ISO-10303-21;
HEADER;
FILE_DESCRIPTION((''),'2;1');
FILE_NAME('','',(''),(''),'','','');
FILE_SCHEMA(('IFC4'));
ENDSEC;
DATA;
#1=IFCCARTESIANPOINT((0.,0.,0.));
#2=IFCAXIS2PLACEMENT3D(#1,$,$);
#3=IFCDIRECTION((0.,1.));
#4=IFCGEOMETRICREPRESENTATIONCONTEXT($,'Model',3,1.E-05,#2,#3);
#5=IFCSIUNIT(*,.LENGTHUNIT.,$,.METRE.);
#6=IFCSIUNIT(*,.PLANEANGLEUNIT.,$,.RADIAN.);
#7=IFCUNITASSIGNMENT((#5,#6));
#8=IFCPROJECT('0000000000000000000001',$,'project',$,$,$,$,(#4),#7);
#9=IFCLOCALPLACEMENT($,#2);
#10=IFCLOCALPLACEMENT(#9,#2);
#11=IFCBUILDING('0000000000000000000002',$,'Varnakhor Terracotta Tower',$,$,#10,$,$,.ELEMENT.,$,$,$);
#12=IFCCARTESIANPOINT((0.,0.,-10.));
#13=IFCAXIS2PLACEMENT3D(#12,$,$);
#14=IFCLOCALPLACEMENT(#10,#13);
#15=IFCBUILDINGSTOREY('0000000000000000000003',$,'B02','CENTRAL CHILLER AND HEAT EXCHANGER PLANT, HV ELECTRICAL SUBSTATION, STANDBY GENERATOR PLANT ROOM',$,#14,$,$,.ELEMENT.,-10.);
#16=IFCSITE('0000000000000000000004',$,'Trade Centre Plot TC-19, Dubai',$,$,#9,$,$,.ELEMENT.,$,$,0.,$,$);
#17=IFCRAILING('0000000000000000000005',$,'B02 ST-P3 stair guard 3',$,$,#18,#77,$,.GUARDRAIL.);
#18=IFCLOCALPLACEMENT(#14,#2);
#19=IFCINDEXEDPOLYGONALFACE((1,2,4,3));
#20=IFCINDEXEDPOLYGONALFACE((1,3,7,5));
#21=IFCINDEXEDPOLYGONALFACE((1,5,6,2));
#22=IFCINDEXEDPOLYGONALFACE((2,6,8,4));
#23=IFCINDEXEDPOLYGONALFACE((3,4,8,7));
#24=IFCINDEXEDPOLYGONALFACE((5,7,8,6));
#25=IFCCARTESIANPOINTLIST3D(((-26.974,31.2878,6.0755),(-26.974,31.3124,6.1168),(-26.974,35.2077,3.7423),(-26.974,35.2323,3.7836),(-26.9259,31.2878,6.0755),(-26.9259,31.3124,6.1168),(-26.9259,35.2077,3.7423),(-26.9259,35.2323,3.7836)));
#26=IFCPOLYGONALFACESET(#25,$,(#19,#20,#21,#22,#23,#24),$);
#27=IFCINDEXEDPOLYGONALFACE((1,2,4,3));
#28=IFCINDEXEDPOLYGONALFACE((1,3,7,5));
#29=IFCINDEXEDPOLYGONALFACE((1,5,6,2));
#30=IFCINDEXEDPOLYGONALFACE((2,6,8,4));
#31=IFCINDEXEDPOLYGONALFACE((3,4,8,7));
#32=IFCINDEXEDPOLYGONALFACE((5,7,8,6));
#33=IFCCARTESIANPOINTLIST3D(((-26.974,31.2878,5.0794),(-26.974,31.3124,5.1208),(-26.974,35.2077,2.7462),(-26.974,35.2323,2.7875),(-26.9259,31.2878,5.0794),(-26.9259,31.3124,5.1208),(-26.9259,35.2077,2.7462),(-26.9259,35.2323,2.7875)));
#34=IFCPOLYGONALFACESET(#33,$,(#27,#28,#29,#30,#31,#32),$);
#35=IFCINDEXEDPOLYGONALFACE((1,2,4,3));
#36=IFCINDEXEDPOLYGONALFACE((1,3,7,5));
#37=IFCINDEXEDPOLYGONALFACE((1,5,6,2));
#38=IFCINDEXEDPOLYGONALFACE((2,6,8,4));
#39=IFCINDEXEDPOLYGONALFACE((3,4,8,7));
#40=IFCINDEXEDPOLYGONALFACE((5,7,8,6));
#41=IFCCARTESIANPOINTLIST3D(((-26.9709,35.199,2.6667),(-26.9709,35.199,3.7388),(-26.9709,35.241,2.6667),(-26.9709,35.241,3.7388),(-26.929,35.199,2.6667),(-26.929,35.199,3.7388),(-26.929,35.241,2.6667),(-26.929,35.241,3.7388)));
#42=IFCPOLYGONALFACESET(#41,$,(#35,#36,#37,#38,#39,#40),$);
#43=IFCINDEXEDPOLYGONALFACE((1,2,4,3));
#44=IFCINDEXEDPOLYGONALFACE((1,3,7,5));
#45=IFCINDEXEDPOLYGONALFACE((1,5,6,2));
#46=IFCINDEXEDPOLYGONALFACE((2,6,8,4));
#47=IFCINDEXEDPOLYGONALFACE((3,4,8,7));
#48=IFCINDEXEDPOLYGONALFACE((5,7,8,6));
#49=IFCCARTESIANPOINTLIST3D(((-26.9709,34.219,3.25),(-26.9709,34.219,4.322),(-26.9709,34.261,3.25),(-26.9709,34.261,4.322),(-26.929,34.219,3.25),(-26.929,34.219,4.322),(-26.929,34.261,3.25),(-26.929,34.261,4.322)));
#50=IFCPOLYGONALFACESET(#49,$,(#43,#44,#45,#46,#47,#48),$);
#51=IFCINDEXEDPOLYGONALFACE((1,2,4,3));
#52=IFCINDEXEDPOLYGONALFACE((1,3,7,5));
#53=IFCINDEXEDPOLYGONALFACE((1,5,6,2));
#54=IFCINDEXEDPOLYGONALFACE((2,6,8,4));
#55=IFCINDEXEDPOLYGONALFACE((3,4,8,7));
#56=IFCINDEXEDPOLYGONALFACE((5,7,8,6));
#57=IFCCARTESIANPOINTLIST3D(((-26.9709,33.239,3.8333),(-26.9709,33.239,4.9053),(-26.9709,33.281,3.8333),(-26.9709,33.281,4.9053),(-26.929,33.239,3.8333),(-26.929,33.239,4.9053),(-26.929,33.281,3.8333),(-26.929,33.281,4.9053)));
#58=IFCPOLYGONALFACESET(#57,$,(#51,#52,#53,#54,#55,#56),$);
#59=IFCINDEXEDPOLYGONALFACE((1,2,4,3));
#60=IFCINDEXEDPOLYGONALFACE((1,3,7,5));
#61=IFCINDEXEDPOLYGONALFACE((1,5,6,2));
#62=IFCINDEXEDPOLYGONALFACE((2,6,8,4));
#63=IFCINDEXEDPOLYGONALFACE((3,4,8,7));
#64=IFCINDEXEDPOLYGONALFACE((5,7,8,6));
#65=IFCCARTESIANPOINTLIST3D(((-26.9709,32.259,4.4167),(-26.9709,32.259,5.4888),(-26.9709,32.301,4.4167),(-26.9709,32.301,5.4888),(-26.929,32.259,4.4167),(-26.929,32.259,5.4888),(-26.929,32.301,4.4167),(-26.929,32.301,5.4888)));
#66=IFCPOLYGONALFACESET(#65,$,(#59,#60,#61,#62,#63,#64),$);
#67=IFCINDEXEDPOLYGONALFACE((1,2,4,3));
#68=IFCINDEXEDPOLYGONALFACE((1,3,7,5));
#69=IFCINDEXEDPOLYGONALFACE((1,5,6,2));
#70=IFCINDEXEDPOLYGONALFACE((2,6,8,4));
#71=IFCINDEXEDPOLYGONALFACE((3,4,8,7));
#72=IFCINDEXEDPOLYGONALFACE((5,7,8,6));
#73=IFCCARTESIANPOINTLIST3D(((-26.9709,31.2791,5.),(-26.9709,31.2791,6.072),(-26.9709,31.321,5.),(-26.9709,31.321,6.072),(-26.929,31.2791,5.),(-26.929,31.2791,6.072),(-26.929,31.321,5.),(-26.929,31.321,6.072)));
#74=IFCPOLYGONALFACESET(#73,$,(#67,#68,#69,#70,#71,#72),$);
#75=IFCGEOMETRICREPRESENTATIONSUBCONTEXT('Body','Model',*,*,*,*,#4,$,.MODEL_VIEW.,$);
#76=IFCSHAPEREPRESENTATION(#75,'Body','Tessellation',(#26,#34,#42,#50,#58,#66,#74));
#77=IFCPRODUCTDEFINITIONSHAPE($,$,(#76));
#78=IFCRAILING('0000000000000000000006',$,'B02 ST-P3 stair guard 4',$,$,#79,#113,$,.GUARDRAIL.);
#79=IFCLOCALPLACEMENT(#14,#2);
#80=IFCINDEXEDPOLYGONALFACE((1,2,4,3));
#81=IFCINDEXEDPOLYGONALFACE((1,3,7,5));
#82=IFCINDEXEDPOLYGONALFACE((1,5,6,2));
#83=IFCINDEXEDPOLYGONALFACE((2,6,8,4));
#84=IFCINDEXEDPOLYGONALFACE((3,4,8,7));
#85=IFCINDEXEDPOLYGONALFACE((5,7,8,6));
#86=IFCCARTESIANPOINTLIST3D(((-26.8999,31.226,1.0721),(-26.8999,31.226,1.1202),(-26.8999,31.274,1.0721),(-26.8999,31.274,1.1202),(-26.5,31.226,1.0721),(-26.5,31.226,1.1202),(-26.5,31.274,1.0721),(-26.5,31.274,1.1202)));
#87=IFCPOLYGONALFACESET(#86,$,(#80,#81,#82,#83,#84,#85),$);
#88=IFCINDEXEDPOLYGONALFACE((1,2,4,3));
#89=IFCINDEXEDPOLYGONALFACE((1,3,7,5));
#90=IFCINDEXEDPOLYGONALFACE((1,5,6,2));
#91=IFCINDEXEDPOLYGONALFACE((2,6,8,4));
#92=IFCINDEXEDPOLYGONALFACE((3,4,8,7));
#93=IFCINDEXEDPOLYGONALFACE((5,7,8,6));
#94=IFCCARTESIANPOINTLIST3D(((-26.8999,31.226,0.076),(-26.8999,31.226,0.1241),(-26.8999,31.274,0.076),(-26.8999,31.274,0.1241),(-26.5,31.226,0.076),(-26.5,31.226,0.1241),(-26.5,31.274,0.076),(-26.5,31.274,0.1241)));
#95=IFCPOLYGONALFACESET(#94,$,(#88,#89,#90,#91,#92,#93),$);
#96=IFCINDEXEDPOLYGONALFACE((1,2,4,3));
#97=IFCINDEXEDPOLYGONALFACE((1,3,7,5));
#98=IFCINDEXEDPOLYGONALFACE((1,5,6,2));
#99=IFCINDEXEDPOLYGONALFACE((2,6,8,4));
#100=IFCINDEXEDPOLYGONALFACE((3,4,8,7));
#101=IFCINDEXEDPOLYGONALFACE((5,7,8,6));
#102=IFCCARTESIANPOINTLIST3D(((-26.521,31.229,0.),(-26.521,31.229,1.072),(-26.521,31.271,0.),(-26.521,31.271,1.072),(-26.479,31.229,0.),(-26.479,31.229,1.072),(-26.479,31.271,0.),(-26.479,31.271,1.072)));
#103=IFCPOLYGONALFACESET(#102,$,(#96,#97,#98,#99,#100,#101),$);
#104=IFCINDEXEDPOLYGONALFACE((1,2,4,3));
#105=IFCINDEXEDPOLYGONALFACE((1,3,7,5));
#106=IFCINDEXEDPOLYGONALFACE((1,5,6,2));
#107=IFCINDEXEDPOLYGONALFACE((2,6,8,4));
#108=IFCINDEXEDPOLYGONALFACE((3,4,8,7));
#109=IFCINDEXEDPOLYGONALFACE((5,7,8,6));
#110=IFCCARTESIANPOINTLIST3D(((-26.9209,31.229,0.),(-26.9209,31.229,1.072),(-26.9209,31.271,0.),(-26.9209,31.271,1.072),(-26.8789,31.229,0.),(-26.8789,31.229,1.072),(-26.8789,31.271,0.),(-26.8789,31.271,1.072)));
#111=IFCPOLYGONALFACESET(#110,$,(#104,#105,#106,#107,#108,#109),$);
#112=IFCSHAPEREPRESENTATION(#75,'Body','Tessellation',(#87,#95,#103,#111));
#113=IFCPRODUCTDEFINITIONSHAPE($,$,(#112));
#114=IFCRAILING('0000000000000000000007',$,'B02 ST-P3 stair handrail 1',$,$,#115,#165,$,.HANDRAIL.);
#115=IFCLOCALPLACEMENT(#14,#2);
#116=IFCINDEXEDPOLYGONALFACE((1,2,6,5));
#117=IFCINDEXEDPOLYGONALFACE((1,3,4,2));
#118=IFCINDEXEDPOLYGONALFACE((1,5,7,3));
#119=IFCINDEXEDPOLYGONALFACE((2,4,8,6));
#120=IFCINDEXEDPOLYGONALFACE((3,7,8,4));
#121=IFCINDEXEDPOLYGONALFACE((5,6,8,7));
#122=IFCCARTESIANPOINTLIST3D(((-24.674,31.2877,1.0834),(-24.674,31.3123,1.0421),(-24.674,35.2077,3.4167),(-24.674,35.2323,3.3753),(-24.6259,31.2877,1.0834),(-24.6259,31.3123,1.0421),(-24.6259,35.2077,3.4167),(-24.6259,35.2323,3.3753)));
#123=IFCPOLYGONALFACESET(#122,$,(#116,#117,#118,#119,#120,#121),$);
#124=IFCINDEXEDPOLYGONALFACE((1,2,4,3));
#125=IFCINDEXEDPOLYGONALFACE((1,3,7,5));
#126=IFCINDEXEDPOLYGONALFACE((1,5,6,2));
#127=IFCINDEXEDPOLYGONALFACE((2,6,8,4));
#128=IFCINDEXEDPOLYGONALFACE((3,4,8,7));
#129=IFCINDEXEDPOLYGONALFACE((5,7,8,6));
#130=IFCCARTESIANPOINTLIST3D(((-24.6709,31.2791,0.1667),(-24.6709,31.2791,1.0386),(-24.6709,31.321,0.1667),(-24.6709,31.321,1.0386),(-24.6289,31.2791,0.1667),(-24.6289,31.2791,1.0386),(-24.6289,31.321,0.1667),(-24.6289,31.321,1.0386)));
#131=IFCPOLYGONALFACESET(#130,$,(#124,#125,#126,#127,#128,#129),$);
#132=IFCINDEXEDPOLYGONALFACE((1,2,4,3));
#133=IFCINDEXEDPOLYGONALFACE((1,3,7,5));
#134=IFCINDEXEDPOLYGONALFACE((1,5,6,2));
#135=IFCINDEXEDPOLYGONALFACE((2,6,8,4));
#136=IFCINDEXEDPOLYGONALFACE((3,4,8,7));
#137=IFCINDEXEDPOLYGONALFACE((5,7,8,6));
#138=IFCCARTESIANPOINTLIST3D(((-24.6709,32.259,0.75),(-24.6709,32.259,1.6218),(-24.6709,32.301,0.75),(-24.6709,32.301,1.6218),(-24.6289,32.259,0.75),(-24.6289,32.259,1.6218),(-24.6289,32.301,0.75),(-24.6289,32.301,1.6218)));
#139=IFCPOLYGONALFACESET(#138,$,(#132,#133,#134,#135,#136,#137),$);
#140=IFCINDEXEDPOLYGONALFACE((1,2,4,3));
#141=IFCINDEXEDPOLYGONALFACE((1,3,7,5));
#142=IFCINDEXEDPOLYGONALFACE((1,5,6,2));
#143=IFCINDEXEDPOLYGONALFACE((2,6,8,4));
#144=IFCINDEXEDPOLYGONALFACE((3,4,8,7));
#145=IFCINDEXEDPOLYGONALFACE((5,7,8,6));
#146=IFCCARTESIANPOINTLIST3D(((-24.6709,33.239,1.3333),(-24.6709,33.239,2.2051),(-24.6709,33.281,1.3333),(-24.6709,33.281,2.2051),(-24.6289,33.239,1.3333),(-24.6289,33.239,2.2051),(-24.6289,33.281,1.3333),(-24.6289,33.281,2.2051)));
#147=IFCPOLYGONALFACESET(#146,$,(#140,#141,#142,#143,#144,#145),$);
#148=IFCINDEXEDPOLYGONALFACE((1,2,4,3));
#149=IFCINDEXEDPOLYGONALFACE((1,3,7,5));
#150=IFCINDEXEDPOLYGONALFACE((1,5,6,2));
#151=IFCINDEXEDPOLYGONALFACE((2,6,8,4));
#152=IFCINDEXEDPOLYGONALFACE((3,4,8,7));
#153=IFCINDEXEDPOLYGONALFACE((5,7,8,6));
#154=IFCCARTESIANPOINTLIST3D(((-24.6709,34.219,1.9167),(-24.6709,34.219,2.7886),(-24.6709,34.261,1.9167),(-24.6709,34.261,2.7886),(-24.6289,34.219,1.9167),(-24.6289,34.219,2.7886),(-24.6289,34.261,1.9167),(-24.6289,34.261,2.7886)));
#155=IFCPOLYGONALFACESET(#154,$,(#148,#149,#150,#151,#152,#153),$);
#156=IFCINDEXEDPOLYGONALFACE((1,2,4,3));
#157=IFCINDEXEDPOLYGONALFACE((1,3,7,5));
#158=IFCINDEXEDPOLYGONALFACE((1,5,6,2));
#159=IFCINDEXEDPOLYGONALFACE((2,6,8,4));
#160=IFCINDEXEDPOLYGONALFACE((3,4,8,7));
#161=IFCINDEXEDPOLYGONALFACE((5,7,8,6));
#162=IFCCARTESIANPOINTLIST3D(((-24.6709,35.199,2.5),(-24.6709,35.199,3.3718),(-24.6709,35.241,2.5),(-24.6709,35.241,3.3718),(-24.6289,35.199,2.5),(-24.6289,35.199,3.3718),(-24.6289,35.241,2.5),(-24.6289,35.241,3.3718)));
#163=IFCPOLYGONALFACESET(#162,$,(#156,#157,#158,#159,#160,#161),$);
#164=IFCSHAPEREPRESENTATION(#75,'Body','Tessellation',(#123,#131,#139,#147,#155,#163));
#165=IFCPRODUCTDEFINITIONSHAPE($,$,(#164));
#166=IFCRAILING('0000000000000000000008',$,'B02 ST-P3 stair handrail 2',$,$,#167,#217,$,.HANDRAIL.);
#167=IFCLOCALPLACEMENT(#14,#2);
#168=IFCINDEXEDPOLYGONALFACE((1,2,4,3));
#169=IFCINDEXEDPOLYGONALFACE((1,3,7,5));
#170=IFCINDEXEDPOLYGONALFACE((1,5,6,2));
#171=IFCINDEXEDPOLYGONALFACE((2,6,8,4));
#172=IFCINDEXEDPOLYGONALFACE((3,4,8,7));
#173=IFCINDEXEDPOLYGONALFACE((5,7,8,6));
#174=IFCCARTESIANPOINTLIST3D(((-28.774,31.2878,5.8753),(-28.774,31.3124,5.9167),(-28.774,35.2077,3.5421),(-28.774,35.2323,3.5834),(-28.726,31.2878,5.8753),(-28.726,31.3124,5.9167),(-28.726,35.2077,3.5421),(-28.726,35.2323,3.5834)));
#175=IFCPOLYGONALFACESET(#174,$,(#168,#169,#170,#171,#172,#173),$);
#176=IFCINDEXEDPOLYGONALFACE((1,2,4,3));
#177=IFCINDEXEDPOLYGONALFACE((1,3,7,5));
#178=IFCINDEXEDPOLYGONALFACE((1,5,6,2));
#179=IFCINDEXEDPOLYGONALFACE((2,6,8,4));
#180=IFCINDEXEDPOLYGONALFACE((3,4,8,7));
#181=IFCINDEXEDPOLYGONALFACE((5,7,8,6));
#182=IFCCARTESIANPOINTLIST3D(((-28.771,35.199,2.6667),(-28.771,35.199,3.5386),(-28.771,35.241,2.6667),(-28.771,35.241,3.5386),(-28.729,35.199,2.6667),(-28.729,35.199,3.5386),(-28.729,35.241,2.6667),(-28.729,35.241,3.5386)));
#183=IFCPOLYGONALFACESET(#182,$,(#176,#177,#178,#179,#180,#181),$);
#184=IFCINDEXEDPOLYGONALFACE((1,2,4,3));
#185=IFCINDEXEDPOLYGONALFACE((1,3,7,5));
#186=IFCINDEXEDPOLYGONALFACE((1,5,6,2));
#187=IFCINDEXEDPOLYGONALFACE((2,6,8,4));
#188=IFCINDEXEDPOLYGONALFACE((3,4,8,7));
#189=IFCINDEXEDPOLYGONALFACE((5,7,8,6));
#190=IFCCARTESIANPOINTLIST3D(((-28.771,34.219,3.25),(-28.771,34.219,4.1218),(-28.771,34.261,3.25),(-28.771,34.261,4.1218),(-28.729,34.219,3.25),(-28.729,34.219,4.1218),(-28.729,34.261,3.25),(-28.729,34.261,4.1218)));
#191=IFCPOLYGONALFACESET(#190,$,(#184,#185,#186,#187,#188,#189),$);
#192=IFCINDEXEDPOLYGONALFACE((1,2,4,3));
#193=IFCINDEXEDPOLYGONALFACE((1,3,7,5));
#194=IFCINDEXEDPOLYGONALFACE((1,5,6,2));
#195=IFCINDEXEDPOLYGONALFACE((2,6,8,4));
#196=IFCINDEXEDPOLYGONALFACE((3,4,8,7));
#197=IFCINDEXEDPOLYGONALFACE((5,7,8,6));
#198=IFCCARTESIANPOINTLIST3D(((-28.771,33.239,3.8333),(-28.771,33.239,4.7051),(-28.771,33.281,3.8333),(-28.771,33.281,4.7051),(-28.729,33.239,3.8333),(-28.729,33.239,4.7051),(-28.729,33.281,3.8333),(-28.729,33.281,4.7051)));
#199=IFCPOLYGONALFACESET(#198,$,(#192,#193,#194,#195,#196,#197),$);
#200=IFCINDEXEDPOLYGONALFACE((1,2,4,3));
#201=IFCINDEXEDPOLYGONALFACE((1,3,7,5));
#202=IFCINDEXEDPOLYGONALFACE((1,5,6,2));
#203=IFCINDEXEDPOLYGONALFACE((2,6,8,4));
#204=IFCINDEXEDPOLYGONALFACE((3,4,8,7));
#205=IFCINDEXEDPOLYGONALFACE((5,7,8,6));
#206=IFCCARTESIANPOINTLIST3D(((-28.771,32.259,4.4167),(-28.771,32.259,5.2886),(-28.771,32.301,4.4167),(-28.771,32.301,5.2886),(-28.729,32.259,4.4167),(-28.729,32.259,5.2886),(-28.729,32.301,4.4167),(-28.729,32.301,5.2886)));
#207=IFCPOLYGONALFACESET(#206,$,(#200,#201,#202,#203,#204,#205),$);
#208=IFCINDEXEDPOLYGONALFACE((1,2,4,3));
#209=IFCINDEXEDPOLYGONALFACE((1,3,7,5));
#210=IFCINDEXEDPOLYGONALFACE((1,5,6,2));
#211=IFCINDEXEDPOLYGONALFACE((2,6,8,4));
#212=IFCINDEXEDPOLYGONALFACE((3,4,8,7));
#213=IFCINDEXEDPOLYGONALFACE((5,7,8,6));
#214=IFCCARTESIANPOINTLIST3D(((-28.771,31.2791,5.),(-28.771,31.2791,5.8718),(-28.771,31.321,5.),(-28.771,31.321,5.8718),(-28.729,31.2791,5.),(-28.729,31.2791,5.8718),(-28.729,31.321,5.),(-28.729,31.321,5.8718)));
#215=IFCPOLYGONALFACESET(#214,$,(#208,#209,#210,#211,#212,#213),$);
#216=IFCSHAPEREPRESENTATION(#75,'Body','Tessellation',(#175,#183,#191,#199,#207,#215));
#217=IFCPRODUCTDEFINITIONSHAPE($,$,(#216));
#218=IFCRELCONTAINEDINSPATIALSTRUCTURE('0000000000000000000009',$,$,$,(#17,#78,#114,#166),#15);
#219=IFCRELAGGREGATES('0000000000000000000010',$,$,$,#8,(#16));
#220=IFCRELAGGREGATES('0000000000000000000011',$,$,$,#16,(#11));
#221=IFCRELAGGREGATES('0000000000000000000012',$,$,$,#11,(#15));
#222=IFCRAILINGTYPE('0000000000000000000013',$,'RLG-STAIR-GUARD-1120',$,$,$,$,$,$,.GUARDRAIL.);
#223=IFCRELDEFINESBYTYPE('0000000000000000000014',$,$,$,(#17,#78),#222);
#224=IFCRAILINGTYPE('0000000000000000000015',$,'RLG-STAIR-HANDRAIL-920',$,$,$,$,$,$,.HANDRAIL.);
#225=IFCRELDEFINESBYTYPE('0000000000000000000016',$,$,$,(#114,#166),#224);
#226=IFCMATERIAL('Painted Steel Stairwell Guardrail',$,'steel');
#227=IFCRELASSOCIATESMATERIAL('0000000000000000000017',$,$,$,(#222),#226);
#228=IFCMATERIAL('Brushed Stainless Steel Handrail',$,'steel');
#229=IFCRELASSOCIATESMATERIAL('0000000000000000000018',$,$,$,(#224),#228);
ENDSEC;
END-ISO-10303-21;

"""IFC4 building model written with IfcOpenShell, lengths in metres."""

from ifc_helpers import new_model, si_unit, direction, frame, origin, origin_2d, place, context, subcontext, project, spatial, rectangle, extrude, material, type_object, element, save


model = new_model("IFC4")

# Units and contexts
model_context = context("Model", 3, precision=1e-05, world=origin(), true_north=direction((0.0, 1.0)))
body_context = subcontext(model_context, "Body", "Model", "MODEL_VIEW")
ifc_project = project(units=[si_unit("LENGTHUNIT", "METRE"), si_unit("PLANEANGLEUNIT", "RADIAN")], contexts=[model_context])

# Site, building, storey
site_placement = place(None, origin())
site = spatial("IfcSite", under=ifc_project, at=site_placement, Name="Trade Centre Plot TC-19, Dubai", CompositionType="ELEMENT", RefElevation=0.0)
building_placement = place(site_placement, origin())
building = spatial("IfcBuilding", under=site, at=building_placement, Name="Varnakhor Terracotta Tower", CompositionType="ELEMENT")
storey_placement = place(building_placement, frame((0.0, 0.0, -10.0)))
storey = spatial("IfcBuildingStorey", under=building, at=storey_placement, Name="B02", Description="CENTRAL CHILLER AND HEAT EXCHANGER PLANT, HV ELECTRICAL SUBSTATION, STANDBY GENERATOR PLANT ROOM", CompositionType="ELEMENT", Elevation=-10.0)

# Railings
ifc_material_1 = material(Name="Painted Steel Stairwell Guardrail", Category="steel")
railing_type_1 = type_object("IfcRailingType", Name="RLG-STAIR-GUARD-1120", PredefinedType="GUARDRAIL", material=ifc_material_1)
railing_1_placement = place(storey_placement, frame((-26.95, 35.22, 2.6667)))
element("IfcRailing", 1, at=railing_1_placement, inside=storey, type_object=railing_type_1, Name="B02 ST-P3 stair guard 3", PredefinedType="GUARDRAIL", context=body_context, shape_type="SweptSolid", body=[
    extrude(rectangle(XDim=0.0481, YDim=0.0481, at=origin_2d()), frame((0.0, 0.0, 1.0962), z_axis=(0.0, -0.859296, 0.511478), x_axis=(1.0, 0.0, 0.0)), (0.0, 0.0, 1.0), 4.5618),
    extrude(rectangle(XDim=0.0481, YDim=0.0481, at=origin_2d()), frame((0.0, 0.0, 0.1001), z_axis=(0.0, -0.859296, 0.511478), x_axis=(1.0, 0.0, 0.0)), (0.0, 0.0, 1.0), 4.5618),
    extrude(rectangle(XDim=0.042, YDim=0.042, at=origin_2d()), origin(), (0.0, 0.0, 1.0), 1.072),
    extrude(rectangle(XDim=0.042, YDim=0.042, at=origin_2d()), frame((0.0, -0.98, 0.5833)), (0.0, 0.0, 1.0), 1.072),
    extrude(rectangle(XDim=0.042, YDim=0.042, at=origin_2d()), frame((0.0, -1.96, 1.1665)), (0.0, 0.0, 1.0), 1.072),
    extrude(rectangle(XDim=0.042, YDim=0.042, at=origin_2d()), frame((0.0, -2.9399, 1.75)), (0.0, 0.0, 1.0), 1.072),
    extrude(rectangle(XDim=0.042, YDim=0.042, at=origin_2d()), frame((0.0, -3.9199, 2.3333)), (0.0, 0.0, 1.0), 1.072),
])
railing_2_placement = place(storey_placement, frame((-26.5, 31.25, 0.0)))
element("IfcRailing", 2, at=railing_2_placement, inside=storey, type_object=railing_type_1, Name="B02 ST-P3 stair guard 4", PredefinedType="GUARDRAIL", context=body_context, shape_type="SweptSolid", body=[
    extrude(rectangle(XDim=0.0481, YDim=0.0481, at=origin_2d()), frame((0.0, 0.0, 1.0962), z_axis=(-1.0, 0.0, 0.0), x_axis=(0.0, -1.0, 0.0)), (0.0, 0.0, 1.0), 0.3999),
    extrude(rectangle(XDim=0.0481, YDim=0.0481, at=origin_2d()), frame((0.0, 0.0, 0.1001), z_axis=(-1.0, 0.0, 0.0), x_axis=(0.0, -1.0, 0.0)), (0.0, 0.0, 1.0), 0.3999),
    extrude(rectangle(XDim=0.042, YDim=0.042, at=origin_2d()), origin(), (0.0, 0.0, 1.0), 1.072),
    extrude(rectangle(XDim=0.042, YDim=0.042, at=origin_2d()), frame((-0.3999, 0.0, 0.0)), (0.0, 0.0, 1.0), 1.072),
])
ifc_material_2 = material(Name="Brushed Stainless Steel Handrail", Category="steel")
railing_type_2 = type_object("IfcRailingType", Name="RLG-STAIR-HANDRAIL-920", PredefinedType="HANDRAIL", material=ifc_material_2)
railing_3_placement = place(storey_placement, frame((-24.6499, 31.3, 0.1667)))
element("IfcRailing", 3, at=railing_3_placement, inside=storey, type_object=railing_type_2, Name="B02 ST-P3 stair handrail 1", PredefinedType="HANDRAIL", context=body_context, shape_type="SweptSolid", body=[
    extrude(rectangle(XDim=0.0481, YDim=0.0481, at=origin_2d()), frame((0.0, 0.0, 0.896), z_axis=(0.0, 0.859296, 0.511478), x_axis=(-1.0, 0.0, 0.0)), (0.0, 0.0, 1.0), 4.5618),
    extrude(rectangle(XDim=0.042, YDim=0.042, at=origin_2d()), origin(), (0.0, 0.0, 1.0), 0.8718),
    extrude(rectangle(XDim=0.042, YDim=0.042, at=origin_2d()), frame((0.0, 0.98, 0.5833)), (0.0, 0.0, 1.0), 0.8718),
    extrude(rectangle(XDim=0.042, YDim=0.042, at=origin_2d()), frame((0.0, 1.96, 1.1665)), (0.0, 0.0, 1.0), 0.8718),
    extrude(rectangle(XDim=0.042, YDim=0.042, at=origin_2d()), frame((0.0, 2.9399, 1.75)), (0.0, 0.0, 1.0), 0.8718),
    extrude(rectangle(XDim=0.042, YDim=0.042, at=origin_2d()), frame((0.0, 3.9199, 2.3333)), (0.0, 0.0, 1.0), 0.8718),
])
railing_4_placement = place(storey_placement, frame((-28.75, 35.22, 2.6667)))
element("IfcRailing", 4, at=railing_4_placement, inside=storey, type_object=railing_type_2, Name="B02 ST-P3 stair handrail 2", PredefinedType="HANDRAIL", context=body_context, shape_type="SweptSolid", body=[
    extrude(rectangle(XDim=0.0481, YDim=0.0481, at=origin_2d()), frame((0.0, 0.0, 0.896), z_axis=(0.0, -0.859296, 0.511478), x_axis=(1.0, 0.0, 0.0)), (0.0, 0.0, 1.0), 4.5618),
    extrude(rectangle(XDim=0.042, YDim=0.042, at=origin_2d()), origin(), (0.0, 0.0, 1.0), 0.8718),
    extrude(rectangle(XDim=0.042, YDim=0.042, at=origin_2d()), frame((0.0, -0.98, 0.5833)), (0.0, 0.0, 1.0), 0.8718),
    extrude(rectangle(XDim=0.042, YDim=0.042, at=origin_2d()), frame((0.0, -1.96, 1.1665)), (0.0, 0.0, 1.0), 0.8718),
    extrude(rectangle(XDim=0.042, YDim=0.042, at=origin_2d()), frame((0.0, -2.9399, 1.75)), (0.0, 0.0, 1.0), 0.8718),
    extrude(rectangle(XDim=0.042, YDim=0.042, at=origin_2d()), frame((0.0, -3.9199, 2.3333)), (0.0, 0.0, 1.0), 0.8718),
])

save(model, "model.ifc")
